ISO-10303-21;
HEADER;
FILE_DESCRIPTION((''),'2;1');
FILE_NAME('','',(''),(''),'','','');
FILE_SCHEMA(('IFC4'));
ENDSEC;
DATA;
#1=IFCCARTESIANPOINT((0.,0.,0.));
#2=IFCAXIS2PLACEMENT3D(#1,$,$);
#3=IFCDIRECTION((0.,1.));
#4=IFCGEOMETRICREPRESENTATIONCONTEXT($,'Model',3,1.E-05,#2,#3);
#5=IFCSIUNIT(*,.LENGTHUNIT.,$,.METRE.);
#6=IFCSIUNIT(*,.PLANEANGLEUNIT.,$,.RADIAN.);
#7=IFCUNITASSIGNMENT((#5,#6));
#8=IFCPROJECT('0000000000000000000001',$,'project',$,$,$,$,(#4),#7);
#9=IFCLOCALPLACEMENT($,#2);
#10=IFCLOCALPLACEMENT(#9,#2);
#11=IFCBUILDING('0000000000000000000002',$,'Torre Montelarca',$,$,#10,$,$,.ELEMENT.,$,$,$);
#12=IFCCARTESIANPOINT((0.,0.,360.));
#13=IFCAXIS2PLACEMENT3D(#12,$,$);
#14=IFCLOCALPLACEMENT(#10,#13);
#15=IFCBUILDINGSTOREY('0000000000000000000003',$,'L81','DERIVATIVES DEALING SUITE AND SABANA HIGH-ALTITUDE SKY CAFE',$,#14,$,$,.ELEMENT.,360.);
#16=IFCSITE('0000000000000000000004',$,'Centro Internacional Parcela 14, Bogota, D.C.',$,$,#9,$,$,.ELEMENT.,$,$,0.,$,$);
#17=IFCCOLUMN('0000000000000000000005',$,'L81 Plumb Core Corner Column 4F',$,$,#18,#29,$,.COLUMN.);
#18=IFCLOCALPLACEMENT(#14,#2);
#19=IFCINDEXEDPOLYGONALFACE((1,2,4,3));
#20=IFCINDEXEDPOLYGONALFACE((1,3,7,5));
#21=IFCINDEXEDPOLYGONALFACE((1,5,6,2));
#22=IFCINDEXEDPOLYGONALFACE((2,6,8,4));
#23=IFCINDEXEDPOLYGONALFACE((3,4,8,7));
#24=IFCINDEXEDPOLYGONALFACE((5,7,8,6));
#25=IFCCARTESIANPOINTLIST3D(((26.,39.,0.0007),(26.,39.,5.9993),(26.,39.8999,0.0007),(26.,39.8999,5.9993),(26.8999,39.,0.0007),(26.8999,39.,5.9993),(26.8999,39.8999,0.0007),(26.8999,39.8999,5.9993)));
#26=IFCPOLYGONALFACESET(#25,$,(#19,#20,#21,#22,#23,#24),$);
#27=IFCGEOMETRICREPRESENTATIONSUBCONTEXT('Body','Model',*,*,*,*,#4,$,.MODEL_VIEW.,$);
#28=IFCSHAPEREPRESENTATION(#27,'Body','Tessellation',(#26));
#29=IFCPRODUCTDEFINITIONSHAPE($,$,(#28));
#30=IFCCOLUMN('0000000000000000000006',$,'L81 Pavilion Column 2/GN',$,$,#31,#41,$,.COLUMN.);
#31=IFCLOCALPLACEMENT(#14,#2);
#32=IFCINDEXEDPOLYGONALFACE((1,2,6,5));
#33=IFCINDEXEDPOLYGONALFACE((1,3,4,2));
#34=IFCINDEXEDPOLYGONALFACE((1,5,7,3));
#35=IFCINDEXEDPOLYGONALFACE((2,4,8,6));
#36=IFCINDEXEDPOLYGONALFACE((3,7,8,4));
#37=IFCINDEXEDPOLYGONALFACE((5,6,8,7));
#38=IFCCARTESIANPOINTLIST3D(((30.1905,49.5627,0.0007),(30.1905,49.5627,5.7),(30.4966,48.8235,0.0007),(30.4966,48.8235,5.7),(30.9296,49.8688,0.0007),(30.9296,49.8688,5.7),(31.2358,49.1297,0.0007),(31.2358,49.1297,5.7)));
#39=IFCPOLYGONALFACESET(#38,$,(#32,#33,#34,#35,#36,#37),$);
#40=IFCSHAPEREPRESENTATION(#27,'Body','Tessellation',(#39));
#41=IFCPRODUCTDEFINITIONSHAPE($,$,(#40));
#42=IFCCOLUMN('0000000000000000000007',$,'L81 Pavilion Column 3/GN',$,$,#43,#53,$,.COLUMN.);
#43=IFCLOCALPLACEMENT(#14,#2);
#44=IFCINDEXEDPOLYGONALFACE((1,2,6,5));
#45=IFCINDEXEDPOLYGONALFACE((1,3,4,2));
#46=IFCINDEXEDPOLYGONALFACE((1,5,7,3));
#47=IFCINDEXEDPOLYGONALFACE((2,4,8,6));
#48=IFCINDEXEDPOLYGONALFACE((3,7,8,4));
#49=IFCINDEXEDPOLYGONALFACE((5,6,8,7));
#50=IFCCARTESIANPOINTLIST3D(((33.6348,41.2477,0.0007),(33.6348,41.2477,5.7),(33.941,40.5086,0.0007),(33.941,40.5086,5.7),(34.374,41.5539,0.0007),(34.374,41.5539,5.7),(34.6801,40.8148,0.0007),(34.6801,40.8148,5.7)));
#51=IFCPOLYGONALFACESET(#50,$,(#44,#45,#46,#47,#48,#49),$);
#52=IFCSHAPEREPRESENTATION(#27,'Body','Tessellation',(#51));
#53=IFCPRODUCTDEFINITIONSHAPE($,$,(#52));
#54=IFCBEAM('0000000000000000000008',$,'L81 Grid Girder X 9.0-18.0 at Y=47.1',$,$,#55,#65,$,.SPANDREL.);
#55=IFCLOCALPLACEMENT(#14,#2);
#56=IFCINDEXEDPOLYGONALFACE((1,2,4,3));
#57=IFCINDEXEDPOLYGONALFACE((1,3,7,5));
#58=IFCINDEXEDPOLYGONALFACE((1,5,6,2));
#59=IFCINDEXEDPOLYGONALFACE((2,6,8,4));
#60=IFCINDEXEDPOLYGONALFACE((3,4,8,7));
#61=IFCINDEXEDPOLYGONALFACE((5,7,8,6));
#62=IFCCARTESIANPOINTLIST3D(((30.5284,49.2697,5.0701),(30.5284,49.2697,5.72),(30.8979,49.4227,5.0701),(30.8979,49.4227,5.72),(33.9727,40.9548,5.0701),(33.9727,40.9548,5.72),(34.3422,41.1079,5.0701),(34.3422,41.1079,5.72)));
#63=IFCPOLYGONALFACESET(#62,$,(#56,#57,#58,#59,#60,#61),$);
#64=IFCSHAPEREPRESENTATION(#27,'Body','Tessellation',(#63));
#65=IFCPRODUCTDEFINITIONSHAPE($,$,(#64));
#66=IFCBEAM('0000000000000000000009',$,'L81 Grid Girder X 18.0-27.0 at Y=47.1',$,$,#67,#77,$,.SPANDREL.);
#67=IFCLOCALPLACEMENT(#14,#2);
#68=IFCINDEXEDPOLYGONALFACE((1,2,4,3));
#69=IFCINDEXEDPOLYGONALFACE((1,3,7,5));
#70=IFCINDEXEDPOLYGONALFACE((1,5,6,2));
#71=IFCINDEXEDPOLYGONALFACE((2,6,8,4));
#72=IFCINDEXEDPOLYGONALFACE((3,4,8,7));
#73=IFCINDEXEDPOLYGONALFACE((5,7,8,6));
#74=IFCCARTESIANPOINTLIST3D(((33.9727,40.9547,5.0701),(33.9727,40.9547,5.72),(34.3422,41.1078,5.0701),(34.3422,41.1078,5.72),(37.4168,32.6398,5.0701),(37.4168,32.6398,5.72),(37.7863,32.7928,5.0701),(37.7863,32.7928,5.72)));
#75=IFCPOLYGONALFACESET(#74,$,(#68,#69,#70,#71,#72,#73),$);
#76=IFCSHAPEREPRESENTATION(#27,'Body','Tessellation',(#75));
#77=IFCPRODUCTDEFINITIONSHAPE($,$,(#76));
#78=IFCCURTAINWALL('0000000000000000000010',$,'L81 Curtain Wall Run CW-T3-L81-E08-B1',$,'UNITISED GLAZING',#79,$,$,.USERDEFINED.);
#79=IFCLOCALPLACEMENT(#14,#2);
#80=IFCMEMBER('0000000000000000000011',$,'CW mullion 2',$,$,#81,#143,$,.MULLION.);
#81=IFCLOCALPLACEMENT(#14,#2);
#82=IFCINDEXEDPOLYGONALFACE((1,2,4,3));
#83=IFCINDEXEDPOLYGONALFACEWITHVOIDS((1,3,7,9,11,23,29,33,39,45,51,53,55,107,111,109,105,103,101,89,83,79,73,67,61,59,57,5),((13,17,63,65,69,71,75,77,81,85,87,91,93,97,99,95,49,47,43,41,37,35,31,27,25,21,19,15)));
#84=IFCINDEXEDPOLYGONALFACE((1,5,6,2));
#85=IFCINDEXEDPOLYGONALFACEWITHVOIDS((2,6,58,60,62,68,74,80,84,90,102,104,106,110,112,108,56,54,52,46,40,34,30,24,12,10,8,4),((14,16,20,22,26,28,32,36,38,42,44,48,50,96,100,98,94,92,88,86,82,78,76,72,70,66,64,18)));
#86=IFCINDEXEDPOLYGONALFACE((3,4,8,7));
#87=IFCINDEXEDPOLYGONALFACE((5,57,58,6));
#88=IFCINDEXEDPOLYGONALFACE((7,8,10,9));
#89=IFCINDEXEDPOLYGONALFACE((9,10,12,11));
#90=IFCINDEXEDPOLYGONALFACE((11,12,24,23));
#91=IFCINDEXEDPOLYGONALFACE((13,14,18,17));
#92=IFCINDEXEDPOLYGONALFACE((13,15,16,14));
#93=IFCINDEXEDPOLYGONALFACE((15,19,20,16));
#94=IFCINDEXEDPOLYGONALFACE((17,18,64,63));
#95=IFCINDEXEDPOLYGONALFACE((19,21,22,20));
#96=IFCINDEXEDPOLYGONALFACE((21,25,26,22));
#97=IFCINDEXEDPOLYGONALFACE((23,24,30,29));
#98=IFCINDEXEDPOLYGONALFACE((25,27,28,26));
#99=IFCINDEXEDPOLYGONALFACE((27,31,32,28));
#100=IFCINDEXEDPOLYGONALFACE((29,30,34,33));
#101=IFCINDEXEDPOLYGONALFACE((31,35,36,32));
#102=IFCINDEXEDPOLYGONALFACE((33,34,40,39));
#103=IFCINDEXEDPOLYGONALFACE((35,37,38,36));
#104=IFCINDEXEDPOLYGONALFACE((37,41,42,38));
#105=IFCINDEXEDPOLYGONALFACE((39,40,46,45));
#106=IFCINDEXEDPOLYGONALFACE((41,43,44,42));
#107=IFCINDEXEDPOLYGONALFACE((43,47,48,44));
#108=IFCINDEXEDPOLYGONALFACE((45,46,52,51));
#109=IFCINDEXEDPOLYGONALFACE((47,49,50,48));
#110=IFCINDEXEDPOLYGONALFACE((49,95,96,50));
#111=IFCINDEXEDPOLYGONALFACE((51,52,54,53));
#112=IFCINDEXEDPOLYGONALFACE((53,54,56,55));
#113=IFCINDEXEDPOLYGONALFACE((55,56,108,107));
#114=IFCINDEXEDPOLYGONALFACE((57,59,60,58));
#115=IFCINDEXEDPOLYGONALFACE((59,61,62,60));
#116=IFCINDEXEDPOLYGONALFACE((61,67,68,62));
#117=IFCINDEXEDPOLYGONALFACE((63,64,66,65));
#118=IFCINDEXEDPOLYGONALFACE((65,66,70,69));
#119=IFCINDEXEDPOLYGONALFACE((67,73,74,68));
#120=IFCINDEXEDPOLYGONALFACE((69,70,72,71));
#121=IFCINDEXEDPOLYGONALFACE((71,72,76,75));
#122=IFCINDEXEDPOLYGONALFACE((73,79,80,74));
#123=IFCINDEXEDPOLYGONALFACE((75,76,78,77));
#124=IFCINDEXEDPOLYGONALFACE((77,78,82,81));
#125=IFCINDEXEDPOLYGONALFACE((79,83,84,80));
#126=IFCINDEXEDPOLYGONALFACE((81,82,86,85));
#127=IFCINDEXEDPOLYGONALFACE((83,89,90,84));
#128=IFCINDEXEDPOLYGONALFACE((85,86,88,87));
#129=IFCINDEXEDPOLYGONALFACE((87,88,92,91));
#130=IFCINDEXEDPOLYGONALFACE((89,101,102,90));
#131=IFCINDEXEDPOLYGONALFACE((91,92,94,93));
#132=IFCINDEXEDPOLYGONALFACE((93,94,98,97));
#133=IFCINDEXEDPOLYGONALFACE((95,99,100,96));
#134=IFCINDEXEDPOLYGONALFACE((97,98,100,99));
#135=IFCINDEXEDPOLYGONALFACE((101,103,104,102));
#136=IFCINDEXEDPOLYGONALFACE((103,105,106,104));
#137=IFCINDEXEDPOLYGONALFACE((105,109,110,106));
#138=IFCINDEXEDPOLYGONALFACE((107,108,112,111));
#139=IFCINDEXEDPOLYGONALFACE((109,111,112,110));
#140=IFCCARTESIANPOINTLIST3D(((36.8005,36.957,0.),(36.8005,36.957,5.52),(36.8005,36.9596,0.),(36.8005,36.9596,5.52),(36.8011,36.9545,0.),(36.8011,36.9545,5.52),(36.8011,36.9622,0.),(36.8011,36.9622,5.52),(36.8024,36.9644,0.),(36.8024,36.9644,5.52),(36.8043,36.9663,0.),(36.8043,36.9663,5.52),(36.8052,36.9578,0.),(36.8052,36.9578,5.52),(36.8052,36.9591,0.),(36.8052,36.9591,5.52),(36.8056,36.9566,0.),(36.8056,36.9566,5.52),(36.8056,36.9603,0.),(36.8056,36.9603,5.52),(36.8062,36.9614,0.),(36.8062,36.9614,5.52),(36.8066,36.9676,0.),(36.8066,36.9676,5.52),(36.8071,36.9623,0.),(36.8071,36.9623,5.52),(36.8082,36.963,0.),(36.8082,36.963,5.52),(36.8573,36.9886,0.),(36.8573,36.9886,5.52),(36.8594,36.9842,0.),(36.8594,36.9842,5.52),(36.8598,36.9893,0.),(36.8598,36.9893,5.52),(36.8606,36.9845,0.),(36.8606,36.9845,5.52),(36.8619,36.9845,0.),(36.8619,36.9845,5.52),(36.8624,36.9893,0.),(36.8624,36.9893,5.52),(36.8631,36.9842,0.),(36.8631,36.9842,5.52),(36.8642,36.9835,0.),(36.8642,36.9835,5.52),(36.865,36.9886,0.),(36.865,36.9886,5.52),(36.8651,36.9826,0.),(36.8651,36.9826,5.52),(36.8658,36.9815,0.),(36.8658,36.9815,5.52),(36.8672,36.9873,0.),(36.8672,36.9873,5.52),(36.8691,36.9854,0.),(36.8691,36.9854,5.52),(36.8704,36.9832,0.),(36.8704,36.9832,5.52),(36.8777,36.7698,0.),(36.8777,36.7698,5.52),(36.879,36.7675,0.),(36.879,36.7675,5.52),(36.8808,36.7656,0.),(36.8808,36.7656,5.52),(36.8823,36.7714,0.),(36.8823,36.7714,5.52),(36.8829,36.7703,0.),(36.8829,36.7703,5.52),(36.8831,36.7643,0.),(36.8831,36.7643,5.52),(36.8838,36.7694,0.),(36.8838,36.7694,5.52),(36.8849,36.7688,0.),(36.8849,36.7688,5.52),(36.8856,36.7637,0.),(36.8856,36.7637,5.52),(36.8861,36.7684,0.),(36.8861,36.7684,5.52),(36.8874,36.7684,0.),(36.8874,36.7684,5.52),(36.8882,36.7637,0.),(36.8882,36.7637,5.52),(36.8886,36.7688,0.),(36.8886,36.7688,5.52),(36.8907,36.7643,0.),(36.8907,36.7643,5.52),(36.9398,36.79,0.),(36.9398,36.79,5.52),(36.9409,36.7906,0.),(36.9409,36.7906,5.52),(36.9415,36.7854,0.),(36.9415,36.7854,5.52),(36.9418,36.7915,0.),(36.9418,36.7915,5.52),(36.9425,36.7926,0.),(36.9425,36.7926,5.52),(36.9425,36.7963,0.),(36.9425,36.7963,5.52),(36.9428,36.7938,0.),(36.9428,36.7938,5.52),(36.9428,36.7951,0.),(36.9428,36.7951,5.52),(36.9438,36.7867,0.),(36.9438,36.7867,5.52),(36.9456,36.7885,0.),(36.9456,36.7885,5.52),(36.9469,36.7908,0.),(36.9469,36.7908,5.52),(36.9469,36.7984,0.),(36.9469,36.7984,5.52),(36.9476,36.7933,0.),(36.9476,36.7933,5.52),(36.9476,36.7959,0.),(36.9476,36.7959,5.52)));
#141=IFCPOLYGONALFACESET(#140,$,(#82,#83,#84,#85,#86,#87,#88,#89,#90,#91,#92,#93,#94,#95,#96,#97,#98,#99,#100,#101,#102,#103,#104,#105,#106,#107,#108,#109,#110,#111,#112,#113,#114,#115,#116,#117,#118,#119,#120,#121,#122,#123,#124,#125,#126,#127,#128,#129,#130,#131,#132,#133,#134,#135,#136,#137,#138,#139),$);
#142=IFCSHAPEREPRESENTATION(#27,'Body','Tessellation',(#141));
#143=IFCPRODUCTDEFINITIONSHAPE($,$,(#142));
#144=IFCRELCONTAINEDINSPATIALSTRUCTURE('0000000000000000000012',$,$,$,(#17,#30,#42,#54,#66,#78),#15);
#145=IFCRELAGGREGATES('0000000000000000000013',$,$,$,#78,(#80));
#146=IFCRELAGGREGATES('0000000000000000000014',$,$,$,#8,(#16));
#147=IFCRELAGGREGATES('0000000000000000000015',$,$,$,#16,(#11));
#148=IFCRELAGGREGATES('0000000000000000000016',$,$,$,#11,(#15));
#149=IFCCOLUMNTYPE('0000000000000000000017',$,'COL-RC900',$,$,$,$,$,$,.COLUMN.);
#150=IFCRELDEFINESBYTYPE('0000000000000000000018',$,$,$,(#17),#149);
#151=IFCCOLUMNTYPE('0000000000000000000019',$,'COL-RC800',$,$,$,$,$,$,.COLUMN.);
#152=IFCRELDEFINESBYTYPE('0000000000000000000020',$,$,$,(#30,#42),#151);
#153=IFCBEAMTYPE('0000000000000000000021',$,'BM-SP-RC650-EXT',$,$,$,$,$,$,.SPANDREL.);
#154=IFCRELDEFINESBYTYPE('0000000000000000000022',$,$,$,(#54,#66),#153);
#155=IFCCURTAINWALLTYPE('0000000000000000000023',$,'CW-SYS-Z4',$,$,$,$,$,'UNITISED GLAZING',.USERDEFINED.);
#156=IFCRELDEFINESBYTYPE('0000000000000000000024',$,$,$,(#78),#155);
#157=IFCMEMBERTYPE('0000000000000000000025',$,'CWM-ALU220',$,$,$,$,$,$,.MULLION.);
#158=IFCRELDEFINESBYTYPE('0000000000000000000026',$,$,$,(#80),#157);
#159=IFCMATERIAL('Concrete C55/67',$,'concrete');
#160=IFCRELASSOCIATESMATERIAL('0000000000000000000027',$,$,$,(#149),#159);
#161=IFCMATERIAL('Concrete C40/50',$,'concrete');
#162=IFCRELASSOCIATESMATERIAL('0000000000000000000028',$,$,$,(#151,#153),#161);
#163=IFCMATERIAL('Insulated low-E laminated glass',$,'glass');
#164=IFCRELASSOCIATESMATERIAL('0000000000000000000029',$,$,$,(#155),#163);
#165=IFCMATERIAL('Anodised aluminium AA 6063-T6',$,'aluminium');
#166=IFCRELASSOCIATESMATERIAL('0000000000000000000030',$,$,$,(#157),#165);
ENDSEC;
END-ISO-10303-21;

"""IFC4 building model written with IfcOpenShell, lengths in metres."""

from ifc_helpers import new_model, si_unit, direction, frame, origin, origin_2d, place, context, subcontext, project, spatial, rectangle, hollow_rectangle, extrude, source, transform, mapped, material, material_profile, profile_set, type_object, element, aggregate, save


model = new_model("IFC4")

# Units and contexts
model_context = context("Model", 3, precision=1e-05, world=origin(), true_north=direction((0.0, 1.0)))
body_context = subcontext(model_context, "Body", "Model", "MODEL_VIEW")
ifc_project = project(units=[si_unit("LENGTHUNIT", "METRE"), si_unit("PLANEANGLEUNIT", "RADIAN")], contexts=[model_context])

# Site, building, storey
site_placement = place(None, origin())
site = spatial("IfcSite", under=ifc_project, at=site_placement, Name="Centro Internacional Parcela 14, Bogota, D.C.", CompositionType="ELEMENT", RefElevation=0.0)
building_placement = place(site_placement, origin())
building = spatial("IfcBuilding", under=site, at=building_placement, Name="Torre Montelarca", CompositionType="ELEMENT")
storey_placement = place(building_placement, frame((0.0, 0.0, 360.0)))
storey = spatial("IfcBuildingStorey", under=building, at=storey_placement, Name="L81", Description="DERIVATIVES DEALING SUITE AND SABANA HIGH-ALTITUDE SKY CAFE", CompositionType="ELEMENT", Elevation=360.0)

# Columns
ifc_material_1 = material(Name="Concrete C55/67", Category="concrete")
ifc_material_profile_1 = material_profile(ifc_material_1, rectangle(XDim=0.8999, YDim=0.8999, at=origin_2d()), Name="RC900X900", Category="concrete")
ifc_profile_set_1 = profile_set([ifc_material_profile_1], Name="Concrete C55/67")
column_type_1 = type_object("IfcColumnType", Name="COL-RC900", PredefinedType="COLUMN", material=ifc_profile_set_1)
shared_shape_1 = source(origin(), body_context, "Body", "SweptSolid", [
    extrude(rectangle(XDim=0.8999, YDim=0.8999, at=origin_2d()), origin(), (0.0, 0.0, 1.0), 5.9985),
])
column_placement = place(storey_placement, frame((26.45, 39.45, 0.0007), z_axis=(0.0, 0.0, 1.0), x_axis=(1.0, 0.0, 0.0)))
element("IfcColumn", 1, at=column_placement, inside=storey, type_object=column_type_1, Name="L81 Plumb Core Corner Column 4F", PredefinedType="COLUMN", context=body_context, shape_type="MappedRepresentation", body=[
    mapped(shared_shape_1, transform((0.0, 0.0, 0.0), scale=1.0)),
])
ifc_material_2 = material(Name="Concrete C40/50", Category="concrete")
ifc_material_profile_2 = material_profile(ifc_material_2, rectangle(XDim=0.8, YDim=0.8, at=origin_2d()), Name="RC800X800", Category="concrete")
ifc_profile_set_2 = profile_set([ifc_material_profile_2], Name="Concrete C40/50")
column_type_2 = type_object("IfcColumnType", Name="COL-RC800", PredefinedType="COLUMN", material=ifc_profile_set_2)
shared_shape_2 = source(origin(), body_context, "Body", "SweptSolid", [
    extrude(rectangle(XDim=0.8, YDim=0.8, at=origin_2d()), origin(), (0.0, 0.0, 1.0), 5.6992),
])
for number, where, z_axis, x_axis, name in (
    (2, (30.7131, 49.3462, 0.0007), (0.0, 0.0, 1.0), (-0.382683, 0.92388, 0.0), "L81 Pavilion Column 2/GN"),
    (3, (34.1575, 41.0312, 0.0007), (0.0, 0.0, 1.0), (-0.382683, 0.92388, 0.0), "L81 Pavilion Column 3/GN"),
):
    element("IfcColumn", number, at=place(storey_placement, frame(where, z_axis=z_axis, x_axis=x_axis)), inside=storey, type_object=column_type_2, Name=name, PredefinedType="COLUMN", context=body_context, shape_type="MappedRepresentation", body=[
        mapped(shared_shape_2, transform((0.0, 0.0, 0.0), scale=1.0)),
    ])

# Beams
ifc_material_profile_3 = material_profile(ifc_material_2, rectangle(XDim=0.3999, YDim=0.6499, at=origin_2d()), Name="RCB400X650", Category="concrete")
ifc_profile_set_3 = profile_set([ifc_material_profile_3], Name="Concrete C40/50")
beam_type = type_object("IfcBeamType", Name="BM-SP-RC650-EXT", PredefinedType="SPANDREL", material=ifc_profile_set_3)
shared_shape_3 = source(origin(), body_context, "Body", "SweptSolid", [
    extrude(rectangle(XDim=0.3999, YDim=0.6499, at=origin_2d()), origin(), (0.0, 0.0, 1.0), 9.0),
])
for number, where, z_axis, x_axis, name in (
    (4, (30.7131, 49.3462, 5.395), (0.3827, -0.923873, 0.0), (0.923873, 0.3827, 0.0), "L81 Grid Girder X 9.0-18.0 at Y=47.1"),
    (5, (34.1575, 41.0312, 5.395), (0.382677, -0.923882, 0.0), (0.923882, 0.382677, 0.0), "L81 Grid Girder X 18.0-27.0 at Y=47.1"),
):
    element("IfcBeam", number, at=place(storey_placement, frame(where, z_axis=z_axis, x_axis=x_axis)), inside=storey, type_object=beam_type, Name=name, PredefinedType="SPANDREL", context=body_context, shape_type="MappedRepresentation", body=[
        mapped(shared_shape_3, transform((0.0, 0.0, 0.0), scale=1.0)),
    ])

# Curtain wall, member
ifc_material_3 = material(Name="Insulated low-E laminated glass", Category="glass")
curtain_wall_type = type_object("IfcCurtainWallType", Name="CW-SYS-Z4", ElementType="UNITISED GLAZING", PredefinedType="USERDEFINED", material=ifc_material_3)
curtain_wall_1_placement = place(storey_placement, origin())
curtain_wall_1 = element("IfcCurtainWall", 6, at=curtain_wall_1_placement, inside=storey, type_object=curtain_wall_type, Name="L81 Curtain Wall Run CW-T3-L81-E08-B1", ObjectType="UNITISED GLAZING", PredefinedType="USERDEFINED")
ifc_material_4 = material(Name="Anodised aluminium AA 6063-T6", Category="aluminium")
ifc_material_profile_4 = material_profile(ifc_material_4, hollow_rectangle(XDim=0.075, YDim=0.22, WallThickness=0.0049, InnerFilletRadius=0.0049, OuterFilletRadius=0.01, at=origin_2d()), Name="ALU75X220X5", Category="aluminium")
ifc_profile_set_4 = profile_set([ifc_material_profile_4], Name="Anodised aluminium AA 6063-T6")
member_type_1 = type_object("IfcMemberType", Name="CWM-ALU220", PredefinedType="MULLION", material=ifc_profile_set_4)
shared_shape_4 = source(origin(), body_context, "Body", "SweptSolid", [
    extrude(hollow_rectangle(XDim=0.075, YDim=0.22, WallThickness=0.0049, InnerFilletRadius=0.0049, OuterFilletRadius=0.01, at=origin_2d()), origin(), (0.0, 0.0, 1.0), 5.52),
])
member_1_placement = place(storey_placement, frame((36.874, 36.8765, 0.0), z_axis=(0.0, 0.0, 1.0), x_axis=(-0.923881, -0.38268, 0.0)))
member_1 = element("IfcMember", 7, at=member_1_placement, type_object=member_type_1, Name="CW mullion 2", PredefinedType="MULLION", context=body_context, shape_type="MappedRepresentation", body=[
    mapped(shared_shape_4, transform((0.0, 0.0, 0.0), scale=1.0)),
])

aggregate(curtain_wall_1, [member_1])

save(model, "model.ifc")
